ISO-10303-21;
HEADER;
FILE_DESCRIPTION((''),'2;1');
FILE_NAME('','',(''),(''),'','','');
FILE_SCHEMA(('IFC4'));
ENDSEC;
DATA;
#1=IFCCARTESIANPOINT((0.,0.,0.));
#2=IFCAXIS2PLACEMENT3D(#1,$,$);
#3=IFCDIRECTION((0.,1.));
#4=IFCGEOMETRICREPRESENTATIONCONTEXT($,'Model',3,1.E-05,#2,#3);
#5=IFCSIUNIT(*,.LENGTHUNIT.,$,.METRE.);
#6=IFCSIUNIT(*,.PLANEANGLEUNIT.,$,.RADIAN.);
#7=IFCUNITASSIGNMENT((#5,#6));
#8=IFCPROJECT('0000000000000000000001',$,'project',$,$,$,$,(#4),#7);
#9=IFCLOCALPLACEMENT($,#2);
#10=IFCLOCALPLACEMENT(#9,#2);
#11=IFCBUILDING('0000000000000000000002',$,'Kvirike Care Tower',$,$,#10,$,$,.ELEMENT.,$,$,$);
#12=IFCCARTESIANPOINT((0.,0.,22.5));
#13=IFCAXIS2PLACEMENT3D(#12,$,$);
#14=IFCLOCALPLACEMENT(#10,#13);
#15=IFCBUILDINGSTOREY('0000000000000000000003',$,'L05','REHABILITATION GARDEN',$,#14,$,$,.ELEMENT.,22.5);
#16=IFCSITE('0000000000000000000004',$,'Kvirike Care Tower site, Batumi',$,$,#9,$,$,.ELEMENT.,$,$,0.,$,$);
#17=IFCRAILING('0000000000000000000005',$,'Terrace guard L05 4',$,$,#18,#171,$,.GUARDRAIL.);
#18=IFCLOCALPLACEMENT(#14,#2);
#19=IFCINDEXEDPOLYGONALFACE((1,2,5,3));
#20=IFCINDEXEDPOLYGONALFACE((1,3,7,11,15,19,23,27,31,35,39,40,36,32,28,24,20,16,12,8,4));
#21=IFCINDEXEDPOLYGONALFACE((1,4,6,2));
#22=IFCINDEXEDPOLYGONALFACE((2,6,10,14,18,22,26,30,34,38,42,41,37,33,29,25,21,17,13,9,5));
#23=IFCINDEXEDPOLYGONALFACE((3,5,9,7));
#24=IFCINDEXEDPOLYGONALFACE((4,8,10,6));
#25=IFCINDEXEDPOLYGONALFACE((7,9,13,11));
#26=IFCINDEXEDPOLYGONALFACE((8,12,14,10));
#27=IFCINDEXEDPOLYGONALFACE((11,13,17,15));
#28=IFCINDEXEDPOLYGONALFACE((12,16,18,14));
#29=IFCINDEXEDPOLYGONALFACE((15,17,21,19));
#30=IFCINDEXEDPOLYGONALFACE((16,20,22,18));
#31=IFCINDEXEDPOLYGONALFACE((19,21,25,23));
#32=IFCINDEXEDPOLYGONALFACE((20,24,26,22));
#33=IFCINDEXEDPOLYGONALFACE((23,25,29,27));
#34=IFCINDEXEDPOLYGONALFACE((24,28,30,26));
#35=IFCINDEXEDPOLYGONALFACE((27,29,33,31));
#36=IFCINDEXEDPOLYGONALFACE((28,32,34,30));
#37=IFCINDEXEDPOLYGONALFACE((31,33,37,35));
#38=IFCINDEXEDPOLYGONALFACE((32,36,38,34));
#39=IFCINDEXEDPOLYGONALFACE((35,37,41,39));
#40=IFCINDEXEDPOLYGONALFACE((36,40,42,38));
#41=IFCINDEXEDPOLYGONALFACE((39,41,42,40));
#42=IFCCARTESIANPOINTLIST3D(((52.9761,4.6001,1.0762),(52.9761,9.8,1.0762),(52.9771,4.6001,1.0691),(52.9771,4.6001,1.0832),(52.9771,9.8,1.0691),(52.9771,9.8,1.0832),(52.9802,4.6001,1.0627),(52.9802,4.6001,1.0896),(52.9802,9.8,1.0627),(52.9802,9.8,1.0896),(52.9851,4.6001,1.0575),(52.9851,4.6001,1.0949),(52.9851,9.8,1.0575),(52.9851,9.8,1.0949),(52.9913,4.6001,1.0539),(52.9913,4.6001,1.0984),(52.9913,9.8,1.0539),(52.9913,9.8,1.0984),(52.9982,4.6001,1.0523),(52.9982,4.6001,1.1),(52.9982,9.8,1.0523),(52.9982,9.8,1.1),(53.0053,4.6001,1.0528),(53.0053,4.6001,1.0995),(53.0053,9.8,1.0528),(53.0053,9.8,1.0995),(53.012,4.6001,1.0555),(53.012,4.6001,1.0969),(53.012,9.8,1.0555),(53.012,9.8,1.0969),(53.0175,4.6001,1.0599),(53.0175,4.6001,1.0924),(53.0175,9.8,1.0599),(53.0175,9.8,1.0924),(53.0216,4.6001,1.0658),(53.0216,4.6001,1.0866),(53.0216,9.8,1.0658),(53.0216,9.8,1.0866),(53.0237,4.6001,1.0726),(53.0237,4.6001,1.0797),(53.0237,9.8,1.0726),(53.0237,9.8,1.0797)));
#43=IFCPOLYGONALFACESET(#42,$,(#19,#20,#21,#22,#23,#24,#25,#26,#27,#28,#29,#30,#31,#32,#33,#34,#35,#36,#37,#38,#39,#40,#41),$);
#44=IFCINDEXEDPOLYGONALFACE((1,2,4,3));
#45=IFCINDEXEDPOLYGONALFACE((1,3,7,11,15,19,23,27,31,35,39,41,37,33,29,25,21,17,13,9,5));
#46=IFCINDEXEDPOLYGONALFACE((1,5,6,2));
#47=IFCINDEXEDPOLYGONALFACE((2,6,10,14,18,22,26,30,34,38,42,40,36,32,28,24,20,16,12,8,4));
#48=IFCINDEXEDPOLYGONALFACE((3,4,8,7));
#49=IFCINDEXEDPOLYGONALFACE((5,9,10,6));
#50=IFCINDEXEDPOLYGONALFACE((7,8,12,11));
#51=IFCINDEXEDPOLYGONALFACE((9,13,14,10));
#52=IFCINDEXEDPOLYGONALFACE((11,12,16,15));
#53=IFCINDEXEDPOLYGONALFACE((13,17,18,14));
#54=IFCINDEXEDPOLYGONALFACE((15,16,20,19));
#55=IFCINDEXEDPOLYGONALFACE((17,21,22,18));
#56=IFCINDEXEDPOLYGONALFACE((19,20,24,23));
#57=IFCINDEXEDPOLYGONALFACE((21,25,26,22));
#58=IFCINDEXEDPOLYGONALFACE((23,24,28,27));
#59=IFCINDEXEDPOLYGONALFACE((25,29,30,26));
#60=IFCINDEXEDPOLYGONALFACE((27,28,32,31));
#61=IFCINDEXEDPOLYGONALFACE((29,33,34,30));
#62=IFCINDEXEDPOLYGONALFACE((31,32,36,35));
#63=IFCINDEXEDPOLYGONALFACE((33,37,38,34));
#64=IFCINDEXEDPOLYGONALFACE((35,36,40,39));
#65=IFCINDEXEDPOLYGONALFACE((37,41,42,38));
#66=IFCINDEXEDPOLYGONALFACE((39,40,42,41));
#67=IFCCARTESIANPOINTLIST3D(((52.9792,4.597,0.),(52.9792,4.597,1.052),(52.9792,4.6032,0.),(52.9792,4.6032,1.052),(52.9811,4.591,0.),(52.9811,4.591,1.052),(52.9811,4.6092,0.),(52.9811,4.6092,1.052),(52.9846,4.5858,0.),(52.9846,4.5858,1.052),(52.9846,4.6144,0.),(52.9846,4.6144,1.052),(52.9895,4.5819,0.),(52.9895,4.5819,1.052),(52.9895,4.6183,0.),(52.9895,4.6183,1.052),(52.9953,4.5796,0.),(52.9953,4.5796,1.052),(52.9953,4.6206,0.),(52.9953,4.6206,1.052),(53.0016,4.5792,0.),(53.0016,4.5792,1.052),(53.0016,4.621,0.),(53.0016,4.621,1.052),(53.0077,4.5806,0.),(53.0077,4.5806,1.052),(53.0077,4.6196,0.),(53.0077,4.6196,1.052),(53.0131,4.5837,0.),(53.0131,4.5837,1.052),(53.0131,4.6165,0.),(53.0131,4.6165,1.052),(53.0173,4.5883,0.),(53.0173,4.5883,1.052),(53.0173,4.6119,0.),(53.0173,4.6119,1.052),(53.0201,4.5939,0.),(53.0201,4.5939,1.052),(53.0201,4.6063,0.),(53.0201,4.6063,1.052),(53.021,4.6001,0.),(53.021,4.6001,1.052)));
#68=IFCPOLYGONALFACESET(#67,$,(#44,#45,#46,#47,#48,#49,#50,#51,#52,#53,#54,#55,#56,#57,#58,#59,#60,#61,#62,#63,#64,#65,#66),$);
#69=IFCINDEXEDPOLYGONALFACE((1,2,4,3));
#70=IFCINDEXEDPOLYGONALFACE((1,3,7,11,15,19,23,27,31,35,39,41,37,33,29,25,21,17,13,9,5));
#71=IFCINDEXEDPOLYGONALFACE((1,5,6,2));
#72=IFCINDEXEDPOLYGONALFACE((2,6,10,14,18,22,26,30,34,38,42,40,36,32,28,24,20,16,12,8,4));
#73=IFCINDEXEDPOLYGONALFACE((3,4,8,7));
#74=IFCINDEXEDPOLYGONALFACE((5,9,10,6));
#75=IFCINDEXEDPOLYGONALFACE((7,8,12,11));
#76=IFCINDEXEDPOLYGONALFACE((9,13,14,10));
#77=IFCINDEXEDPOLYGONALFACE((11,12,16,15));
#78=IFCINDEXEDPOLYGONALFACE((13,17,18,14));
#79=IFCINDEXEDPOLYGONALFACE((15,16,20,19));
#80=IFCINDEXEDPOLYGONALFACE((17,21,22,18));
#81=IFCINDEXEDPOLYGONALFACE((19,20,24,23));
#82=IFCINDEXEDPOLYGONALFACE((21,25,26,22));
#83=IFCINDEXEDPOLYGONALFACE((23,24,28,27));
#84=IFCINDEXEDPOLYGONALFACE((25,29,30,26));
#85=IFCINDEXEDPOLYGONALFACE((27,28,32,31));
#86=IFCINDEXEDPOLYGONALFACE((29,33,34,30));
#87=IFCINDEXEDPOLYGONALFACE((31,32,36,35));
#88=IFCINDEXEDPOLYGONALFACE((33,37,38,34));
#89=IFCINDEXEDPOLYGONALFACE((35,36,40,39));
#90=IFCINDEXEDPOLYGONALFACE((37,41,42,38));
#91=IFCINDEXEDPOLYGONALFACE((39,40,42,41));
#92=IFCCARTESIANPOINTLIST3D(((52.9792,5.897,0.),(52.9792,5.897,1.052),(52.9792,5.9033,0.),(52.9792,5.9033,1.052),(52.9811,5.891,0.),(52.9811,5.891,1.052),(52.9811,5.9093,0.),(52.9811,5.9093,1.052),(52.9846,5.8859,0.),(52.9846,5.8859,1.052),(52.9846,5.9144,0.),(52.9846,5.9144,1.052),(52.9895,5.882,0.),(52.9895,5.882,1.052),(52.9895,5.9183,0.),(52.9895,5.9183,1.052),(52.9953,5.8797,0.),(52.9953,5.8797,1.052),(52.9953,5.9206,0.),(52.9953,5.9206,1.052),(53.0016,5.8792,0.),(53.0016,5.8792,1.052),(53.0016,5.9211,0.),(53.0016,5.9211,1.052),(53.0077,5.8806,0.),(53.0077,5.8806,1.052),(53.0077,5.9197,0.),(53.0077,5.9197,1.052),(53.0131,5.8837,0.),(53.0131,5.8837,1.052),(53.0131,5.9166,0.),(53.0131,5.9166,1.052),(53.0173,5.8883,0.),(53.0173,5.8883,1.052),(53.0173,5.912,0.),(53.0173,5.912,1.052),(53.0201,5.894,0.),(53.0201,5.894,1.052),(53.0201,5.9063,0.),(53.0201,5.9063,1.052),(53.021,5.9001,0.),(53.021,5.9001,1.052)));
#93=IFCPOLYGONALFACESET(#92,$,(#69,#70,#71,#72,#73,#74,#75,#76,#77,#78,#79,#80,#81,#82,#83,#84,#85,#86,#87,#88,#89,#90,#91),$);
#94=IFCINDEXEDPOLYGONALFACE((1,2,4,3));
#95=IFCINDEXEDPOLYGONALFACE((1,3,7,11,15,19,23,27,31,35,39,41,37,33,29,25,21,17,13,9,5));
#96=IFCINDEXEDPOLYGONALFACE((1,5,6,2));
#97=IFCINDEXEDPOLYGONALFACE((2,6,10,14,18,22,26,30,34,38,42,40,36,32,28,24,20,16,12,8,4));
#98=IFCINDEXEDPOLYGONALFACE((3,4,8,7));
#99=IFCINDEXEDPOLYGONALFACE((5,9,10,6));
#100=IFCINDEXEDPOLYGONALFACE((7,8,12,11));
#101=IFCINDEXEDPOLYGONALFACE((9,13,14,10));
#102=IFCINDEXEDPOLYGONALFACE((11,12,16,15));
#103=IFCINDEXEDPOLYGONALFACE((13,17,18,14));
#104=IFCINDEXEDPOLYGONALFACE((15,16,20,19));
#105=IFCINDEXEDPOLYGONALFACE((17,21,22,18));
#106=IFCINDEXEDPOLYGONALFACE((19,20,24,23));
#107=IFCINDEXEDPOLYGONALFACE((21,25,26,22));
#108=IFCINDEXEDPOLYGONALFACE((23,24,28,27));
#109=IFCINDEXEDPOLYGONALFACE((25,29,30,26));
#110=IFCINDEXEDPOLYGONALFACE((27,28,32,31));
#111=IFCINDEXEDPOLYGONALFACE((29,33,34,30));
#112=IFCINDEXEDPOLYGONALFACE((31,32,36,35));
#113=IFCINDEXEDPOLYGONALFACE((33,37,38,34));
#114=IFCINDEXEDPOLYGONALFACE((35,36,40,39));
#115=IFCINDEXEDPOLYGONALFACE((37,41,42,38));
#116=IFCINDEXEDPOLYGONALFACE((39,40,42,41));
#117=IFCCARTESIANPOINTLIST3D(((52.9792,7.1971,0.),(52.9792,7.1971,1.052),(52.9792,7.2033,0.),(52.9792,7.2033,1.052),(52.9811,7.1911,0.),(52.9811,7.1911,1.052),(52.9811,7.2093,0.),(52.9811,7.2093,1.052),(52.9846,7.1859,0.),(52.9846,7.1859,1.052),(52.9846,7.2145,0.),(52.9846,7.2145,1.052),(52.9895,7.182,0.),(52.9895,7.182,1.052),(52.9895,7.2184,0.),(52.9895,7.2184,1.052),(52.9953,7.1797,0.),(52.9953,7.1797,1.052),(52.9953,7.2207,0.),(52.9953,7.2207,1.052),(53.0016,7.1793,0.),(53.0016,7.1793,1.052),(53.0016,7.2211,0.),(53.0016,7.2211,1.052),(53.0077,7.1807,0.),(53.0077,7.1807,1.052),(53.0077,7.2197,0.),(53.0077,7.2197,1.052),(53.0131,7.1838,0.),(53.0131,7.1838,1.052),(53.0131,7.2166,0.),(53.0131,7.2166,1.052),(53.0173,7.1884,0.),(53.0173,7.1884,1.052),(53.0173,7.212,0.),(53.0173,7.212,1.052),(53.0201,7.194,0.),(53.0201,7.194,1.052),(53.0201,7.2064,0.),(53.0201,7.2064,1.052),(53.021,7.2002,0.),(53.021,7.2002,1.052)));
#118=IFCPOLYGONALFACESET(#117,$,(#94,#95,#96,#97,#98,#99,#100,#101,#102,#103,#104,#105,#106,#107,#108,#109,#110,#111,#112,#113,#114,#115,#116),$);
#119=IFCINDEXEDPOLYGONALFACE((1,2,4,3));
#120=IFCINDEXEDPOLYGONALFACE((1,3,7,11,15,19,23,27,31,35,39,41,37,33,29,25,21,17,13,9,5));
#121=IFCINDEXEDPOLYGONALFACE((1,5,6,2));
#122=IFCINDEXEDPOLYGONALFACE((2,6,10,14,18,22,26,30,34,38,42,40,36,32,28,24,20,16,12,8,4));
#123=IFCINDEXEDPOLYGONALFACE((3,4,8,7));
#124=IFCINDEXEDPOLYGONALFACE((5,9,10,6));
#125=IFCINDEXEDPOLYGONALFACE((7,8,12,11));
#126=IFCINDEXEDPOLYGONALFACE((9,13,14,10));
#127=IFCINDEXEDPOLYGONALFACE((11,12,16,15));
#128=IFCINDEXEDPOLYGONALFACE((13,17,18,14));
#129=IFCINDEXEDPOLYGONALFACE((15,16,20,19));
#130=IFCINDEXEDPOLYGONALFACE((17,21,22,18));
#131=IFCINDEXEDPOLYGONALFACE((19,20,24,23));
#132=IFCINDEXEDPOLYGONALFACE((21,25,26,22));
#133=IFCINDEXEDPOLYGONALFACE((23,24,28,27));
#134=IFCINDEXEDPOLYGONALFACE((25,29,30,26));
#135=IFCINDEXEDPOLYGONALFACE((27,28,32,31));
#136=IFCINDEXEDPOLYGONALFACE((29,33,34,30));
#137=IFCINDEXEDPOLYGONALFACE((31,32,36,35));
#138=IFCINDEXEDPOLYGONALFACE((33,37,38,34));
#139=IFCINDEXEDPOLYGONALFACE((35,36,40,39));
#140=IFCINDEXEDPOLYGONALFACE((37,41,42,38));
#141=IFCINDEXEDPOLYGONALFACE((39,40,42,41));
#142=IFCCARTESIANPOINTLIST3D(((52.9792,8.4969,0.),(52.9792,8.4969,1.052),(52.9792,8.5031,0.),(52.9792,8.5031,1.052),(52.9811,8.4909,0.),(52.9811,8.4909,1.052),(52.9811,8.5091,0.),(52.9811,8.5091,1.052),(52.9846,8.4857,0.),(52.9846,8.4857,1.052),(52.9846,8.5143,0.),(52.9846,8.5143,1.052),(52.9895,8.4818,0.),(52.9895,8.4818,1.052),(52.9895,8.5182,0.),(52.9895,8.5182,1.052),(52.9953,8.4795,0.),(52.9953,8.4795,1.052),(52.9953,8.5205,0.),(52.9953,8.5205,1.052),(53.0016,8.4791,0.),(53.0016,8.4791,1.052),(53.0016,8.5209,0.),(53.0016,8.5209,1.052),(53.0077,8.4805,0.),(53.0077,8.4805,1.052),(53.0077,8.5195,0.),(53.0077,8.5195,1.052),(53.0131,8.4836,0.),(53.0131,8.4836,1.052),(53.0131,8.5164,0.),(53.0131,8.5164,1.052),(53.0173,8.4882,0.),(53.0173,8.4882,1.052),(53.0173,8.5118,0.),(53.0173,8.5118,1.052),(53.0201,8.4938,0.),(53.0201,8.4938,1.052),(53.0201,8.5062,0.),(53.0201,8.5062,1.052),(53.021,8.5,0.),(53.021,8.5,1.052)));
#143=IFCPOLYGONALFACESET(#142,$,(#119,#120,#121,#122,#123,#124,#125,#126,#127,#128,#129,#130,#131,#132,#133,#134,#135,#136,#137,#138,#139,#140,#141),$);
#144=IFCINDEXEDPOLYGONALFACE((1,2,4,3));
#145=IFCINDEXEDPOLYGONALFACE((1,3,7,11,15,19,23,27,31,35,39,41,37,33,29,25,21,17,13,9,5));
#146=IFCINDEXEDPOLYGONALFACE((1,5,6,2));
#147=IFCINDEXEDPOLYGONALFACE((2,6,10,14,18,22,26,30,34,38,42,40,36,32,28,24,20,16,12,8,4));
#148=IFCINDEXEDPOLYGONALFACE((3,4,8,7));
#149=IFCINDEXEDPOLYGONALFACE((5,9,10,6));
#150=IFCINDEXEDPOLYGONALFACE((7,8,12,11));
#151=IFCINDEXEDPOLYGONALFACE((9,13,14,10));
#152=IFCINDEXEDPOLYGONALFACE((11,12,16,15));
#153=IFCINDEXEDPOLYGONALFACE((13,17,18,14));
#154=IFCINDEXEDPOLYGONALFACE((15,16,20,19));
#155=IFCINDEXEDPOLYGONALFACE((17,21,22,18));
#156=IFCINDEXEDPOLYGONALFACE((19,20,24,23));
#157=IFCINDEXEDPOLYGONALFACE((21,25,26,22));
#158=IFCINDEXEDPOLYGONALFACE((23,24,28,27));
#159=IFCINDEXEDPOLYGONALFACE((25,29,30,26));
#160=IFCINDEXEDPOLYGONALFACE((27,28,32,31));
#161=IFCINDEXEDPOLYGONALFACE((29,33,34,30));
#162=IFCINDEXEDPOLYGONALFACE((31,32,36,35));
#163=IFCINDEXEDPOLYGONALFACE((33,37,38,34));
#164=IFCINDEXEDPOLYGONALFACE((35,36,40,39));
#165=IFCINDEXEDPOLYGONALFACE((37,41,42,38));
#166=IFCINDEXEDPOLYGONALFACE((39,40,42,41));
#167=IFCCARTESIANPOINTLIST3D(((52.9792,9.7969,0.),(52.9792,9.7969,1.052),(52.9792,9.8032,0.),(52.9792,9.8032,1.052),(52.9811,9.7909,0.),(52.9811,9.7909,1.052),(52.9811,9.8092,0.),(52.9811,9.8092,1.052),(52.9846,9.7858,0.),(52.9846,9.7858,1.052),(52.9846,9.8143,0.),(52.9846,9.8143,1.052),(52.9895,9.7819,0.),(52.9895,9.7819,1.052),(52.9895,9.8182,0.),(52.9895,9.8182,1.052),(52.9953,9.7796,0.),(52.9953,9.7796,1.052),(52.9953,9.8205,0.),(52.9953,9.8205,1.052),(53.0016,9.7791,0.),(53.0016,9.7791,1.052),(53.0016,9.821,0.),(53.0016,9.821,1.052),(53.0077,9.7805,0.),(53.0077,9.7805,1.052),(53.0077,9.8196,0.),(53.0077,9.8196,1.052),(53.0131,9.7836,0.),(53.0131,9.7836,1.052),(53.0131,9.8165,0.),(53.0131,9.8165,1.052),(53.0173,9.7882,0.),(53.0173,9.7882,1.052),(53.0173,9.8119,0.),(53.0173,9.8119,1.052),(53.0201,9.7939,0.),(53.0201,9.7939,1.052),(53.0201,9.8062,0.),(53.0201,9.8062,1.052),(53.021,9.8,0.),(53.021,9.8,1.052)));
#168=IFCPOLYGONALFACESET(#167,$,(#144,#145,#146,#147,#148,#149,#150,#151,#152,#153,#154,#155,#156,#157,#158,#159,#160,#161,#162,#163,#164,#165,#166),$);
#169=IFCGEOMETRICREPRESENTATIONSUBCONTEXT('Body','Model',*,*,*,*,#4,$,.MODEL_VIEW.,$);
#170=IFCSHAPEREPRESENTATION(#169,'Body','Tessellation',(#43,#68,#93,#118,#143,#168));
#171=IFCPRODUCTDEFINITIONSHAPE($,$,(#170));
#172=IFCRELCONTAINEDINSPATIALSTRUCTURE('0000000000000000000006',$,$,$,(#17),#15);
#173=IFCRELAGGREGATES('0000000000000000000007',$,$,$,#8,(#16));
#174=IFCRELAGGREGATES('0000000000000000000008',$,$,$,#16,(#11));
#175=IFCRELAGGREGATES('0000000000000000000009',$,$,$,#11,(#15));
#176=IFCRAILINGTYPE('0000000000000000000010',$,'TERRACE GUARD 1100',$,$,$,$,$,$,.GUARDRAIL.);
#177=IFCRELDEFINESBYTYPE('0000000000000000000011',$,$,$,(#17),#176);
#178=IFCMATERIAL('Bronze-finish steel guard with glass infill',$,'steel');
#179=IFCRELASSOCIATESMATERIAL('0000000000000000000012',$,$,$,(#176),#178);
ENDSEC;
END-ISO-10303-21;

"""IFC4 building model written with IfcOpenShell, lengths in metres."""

from ifc_helpers import new_model, si_unit, direction, frame, origin, origin_2d, place, context, subcontext, project, spatial, circle, extrude, material, type_object, element, save


model = new_model("IFC4")

# Units and contexts
model_context = context("Model", 3, precision=1e-05, world=origin(), true_north=direction((0.0, 1.0)))
body_context = subcontext(model_context, "Body", "Model", "MODEL_VIEW")
ifc_project = project(units=[si_unit("LENGTHUNIT", "METRE"), si_unit("PLANEANGLEUNIT", "RADIAN")], contexts=[model_context])

# Site, building, storey
site_placement = place(None, origin())
site = spatial("IfcSite", under=ifc_project, at=site_placement, Name="Kvirike Care Tower site, Batumi", CompositionType="ELEMENT", RefElevation=0.0)
building_placement = place(site_placement, origin())
building = spatial("IfcBuilding", under=site, at=building_placement, Name="Kvirike Care Tower", CompositionType="ELEMENT")
storey_placement = place(building_placement, frame((0.0, 0.0, 22.5)))
storey = spatial("IfcBuildingStorey", under=building, at=storey_placement, Name="L05", Description="REHABILITATION GARDEN", CompositionType="ELEMENT", Elevation=22.5)

# Railing
ifc_material_1 = material(Name="Bronze-finish steel guard with glass infill", Category="steel")
railing_type = type_object("IfcRailingType", Name="TERRACE GUARD 1100", PredefinedType="GUARDRAIL", material=ifc_material_1)
railing_1_placement = place(storey_placement, frame((53.0, 4.6001, 0.0)))
element("IfcRailing", 1, at=railing_1_placement, inside=storey, type_object=railing_type, Name="Terrace guard L05 4", PredefinedType="GUARDRAIL", context=body_context, shape_type="SweptSolid", body=[
    extrude(circle(Radius=0.0239, at=origin_2d()), frame((0.0, 0.0, 1.0762), z_axis=(0.0, 1.0, 0.0), x_axis=(-1.0, 0.0, 0.0)), (0.0, 0.0, 1.0), 5.2),
    extrude(circle(Radius=0.021, at=origin_2d()), origin(), (0.0, 0.0, 1.0), 1.052),
    extrude(circle(Radius=0.021, at=origin_2d()), frame((0.0, 1.3, 0.0)), (0.0, 0.0, 1.0), 1.052),
    extrude(circle(Radius=0.021, at=origin_2d()), frame((0.0, 2.6001, 0.0)), (0.0, 0.0, 1.0), 1.052),
    extrude(circle(Radius=0.021, at=origin_2d()), frame((0.0, 3.8999, 0.0)), (0.0, 0.0, 1.0), 1.052),
    extrude(circle(Radius=0.021, at=origin_2d()), frame((0.0, 5.2, 0.0)), (0.0, 0.0, 1.0), 1.052),
])

save(model, "model.ifc")
